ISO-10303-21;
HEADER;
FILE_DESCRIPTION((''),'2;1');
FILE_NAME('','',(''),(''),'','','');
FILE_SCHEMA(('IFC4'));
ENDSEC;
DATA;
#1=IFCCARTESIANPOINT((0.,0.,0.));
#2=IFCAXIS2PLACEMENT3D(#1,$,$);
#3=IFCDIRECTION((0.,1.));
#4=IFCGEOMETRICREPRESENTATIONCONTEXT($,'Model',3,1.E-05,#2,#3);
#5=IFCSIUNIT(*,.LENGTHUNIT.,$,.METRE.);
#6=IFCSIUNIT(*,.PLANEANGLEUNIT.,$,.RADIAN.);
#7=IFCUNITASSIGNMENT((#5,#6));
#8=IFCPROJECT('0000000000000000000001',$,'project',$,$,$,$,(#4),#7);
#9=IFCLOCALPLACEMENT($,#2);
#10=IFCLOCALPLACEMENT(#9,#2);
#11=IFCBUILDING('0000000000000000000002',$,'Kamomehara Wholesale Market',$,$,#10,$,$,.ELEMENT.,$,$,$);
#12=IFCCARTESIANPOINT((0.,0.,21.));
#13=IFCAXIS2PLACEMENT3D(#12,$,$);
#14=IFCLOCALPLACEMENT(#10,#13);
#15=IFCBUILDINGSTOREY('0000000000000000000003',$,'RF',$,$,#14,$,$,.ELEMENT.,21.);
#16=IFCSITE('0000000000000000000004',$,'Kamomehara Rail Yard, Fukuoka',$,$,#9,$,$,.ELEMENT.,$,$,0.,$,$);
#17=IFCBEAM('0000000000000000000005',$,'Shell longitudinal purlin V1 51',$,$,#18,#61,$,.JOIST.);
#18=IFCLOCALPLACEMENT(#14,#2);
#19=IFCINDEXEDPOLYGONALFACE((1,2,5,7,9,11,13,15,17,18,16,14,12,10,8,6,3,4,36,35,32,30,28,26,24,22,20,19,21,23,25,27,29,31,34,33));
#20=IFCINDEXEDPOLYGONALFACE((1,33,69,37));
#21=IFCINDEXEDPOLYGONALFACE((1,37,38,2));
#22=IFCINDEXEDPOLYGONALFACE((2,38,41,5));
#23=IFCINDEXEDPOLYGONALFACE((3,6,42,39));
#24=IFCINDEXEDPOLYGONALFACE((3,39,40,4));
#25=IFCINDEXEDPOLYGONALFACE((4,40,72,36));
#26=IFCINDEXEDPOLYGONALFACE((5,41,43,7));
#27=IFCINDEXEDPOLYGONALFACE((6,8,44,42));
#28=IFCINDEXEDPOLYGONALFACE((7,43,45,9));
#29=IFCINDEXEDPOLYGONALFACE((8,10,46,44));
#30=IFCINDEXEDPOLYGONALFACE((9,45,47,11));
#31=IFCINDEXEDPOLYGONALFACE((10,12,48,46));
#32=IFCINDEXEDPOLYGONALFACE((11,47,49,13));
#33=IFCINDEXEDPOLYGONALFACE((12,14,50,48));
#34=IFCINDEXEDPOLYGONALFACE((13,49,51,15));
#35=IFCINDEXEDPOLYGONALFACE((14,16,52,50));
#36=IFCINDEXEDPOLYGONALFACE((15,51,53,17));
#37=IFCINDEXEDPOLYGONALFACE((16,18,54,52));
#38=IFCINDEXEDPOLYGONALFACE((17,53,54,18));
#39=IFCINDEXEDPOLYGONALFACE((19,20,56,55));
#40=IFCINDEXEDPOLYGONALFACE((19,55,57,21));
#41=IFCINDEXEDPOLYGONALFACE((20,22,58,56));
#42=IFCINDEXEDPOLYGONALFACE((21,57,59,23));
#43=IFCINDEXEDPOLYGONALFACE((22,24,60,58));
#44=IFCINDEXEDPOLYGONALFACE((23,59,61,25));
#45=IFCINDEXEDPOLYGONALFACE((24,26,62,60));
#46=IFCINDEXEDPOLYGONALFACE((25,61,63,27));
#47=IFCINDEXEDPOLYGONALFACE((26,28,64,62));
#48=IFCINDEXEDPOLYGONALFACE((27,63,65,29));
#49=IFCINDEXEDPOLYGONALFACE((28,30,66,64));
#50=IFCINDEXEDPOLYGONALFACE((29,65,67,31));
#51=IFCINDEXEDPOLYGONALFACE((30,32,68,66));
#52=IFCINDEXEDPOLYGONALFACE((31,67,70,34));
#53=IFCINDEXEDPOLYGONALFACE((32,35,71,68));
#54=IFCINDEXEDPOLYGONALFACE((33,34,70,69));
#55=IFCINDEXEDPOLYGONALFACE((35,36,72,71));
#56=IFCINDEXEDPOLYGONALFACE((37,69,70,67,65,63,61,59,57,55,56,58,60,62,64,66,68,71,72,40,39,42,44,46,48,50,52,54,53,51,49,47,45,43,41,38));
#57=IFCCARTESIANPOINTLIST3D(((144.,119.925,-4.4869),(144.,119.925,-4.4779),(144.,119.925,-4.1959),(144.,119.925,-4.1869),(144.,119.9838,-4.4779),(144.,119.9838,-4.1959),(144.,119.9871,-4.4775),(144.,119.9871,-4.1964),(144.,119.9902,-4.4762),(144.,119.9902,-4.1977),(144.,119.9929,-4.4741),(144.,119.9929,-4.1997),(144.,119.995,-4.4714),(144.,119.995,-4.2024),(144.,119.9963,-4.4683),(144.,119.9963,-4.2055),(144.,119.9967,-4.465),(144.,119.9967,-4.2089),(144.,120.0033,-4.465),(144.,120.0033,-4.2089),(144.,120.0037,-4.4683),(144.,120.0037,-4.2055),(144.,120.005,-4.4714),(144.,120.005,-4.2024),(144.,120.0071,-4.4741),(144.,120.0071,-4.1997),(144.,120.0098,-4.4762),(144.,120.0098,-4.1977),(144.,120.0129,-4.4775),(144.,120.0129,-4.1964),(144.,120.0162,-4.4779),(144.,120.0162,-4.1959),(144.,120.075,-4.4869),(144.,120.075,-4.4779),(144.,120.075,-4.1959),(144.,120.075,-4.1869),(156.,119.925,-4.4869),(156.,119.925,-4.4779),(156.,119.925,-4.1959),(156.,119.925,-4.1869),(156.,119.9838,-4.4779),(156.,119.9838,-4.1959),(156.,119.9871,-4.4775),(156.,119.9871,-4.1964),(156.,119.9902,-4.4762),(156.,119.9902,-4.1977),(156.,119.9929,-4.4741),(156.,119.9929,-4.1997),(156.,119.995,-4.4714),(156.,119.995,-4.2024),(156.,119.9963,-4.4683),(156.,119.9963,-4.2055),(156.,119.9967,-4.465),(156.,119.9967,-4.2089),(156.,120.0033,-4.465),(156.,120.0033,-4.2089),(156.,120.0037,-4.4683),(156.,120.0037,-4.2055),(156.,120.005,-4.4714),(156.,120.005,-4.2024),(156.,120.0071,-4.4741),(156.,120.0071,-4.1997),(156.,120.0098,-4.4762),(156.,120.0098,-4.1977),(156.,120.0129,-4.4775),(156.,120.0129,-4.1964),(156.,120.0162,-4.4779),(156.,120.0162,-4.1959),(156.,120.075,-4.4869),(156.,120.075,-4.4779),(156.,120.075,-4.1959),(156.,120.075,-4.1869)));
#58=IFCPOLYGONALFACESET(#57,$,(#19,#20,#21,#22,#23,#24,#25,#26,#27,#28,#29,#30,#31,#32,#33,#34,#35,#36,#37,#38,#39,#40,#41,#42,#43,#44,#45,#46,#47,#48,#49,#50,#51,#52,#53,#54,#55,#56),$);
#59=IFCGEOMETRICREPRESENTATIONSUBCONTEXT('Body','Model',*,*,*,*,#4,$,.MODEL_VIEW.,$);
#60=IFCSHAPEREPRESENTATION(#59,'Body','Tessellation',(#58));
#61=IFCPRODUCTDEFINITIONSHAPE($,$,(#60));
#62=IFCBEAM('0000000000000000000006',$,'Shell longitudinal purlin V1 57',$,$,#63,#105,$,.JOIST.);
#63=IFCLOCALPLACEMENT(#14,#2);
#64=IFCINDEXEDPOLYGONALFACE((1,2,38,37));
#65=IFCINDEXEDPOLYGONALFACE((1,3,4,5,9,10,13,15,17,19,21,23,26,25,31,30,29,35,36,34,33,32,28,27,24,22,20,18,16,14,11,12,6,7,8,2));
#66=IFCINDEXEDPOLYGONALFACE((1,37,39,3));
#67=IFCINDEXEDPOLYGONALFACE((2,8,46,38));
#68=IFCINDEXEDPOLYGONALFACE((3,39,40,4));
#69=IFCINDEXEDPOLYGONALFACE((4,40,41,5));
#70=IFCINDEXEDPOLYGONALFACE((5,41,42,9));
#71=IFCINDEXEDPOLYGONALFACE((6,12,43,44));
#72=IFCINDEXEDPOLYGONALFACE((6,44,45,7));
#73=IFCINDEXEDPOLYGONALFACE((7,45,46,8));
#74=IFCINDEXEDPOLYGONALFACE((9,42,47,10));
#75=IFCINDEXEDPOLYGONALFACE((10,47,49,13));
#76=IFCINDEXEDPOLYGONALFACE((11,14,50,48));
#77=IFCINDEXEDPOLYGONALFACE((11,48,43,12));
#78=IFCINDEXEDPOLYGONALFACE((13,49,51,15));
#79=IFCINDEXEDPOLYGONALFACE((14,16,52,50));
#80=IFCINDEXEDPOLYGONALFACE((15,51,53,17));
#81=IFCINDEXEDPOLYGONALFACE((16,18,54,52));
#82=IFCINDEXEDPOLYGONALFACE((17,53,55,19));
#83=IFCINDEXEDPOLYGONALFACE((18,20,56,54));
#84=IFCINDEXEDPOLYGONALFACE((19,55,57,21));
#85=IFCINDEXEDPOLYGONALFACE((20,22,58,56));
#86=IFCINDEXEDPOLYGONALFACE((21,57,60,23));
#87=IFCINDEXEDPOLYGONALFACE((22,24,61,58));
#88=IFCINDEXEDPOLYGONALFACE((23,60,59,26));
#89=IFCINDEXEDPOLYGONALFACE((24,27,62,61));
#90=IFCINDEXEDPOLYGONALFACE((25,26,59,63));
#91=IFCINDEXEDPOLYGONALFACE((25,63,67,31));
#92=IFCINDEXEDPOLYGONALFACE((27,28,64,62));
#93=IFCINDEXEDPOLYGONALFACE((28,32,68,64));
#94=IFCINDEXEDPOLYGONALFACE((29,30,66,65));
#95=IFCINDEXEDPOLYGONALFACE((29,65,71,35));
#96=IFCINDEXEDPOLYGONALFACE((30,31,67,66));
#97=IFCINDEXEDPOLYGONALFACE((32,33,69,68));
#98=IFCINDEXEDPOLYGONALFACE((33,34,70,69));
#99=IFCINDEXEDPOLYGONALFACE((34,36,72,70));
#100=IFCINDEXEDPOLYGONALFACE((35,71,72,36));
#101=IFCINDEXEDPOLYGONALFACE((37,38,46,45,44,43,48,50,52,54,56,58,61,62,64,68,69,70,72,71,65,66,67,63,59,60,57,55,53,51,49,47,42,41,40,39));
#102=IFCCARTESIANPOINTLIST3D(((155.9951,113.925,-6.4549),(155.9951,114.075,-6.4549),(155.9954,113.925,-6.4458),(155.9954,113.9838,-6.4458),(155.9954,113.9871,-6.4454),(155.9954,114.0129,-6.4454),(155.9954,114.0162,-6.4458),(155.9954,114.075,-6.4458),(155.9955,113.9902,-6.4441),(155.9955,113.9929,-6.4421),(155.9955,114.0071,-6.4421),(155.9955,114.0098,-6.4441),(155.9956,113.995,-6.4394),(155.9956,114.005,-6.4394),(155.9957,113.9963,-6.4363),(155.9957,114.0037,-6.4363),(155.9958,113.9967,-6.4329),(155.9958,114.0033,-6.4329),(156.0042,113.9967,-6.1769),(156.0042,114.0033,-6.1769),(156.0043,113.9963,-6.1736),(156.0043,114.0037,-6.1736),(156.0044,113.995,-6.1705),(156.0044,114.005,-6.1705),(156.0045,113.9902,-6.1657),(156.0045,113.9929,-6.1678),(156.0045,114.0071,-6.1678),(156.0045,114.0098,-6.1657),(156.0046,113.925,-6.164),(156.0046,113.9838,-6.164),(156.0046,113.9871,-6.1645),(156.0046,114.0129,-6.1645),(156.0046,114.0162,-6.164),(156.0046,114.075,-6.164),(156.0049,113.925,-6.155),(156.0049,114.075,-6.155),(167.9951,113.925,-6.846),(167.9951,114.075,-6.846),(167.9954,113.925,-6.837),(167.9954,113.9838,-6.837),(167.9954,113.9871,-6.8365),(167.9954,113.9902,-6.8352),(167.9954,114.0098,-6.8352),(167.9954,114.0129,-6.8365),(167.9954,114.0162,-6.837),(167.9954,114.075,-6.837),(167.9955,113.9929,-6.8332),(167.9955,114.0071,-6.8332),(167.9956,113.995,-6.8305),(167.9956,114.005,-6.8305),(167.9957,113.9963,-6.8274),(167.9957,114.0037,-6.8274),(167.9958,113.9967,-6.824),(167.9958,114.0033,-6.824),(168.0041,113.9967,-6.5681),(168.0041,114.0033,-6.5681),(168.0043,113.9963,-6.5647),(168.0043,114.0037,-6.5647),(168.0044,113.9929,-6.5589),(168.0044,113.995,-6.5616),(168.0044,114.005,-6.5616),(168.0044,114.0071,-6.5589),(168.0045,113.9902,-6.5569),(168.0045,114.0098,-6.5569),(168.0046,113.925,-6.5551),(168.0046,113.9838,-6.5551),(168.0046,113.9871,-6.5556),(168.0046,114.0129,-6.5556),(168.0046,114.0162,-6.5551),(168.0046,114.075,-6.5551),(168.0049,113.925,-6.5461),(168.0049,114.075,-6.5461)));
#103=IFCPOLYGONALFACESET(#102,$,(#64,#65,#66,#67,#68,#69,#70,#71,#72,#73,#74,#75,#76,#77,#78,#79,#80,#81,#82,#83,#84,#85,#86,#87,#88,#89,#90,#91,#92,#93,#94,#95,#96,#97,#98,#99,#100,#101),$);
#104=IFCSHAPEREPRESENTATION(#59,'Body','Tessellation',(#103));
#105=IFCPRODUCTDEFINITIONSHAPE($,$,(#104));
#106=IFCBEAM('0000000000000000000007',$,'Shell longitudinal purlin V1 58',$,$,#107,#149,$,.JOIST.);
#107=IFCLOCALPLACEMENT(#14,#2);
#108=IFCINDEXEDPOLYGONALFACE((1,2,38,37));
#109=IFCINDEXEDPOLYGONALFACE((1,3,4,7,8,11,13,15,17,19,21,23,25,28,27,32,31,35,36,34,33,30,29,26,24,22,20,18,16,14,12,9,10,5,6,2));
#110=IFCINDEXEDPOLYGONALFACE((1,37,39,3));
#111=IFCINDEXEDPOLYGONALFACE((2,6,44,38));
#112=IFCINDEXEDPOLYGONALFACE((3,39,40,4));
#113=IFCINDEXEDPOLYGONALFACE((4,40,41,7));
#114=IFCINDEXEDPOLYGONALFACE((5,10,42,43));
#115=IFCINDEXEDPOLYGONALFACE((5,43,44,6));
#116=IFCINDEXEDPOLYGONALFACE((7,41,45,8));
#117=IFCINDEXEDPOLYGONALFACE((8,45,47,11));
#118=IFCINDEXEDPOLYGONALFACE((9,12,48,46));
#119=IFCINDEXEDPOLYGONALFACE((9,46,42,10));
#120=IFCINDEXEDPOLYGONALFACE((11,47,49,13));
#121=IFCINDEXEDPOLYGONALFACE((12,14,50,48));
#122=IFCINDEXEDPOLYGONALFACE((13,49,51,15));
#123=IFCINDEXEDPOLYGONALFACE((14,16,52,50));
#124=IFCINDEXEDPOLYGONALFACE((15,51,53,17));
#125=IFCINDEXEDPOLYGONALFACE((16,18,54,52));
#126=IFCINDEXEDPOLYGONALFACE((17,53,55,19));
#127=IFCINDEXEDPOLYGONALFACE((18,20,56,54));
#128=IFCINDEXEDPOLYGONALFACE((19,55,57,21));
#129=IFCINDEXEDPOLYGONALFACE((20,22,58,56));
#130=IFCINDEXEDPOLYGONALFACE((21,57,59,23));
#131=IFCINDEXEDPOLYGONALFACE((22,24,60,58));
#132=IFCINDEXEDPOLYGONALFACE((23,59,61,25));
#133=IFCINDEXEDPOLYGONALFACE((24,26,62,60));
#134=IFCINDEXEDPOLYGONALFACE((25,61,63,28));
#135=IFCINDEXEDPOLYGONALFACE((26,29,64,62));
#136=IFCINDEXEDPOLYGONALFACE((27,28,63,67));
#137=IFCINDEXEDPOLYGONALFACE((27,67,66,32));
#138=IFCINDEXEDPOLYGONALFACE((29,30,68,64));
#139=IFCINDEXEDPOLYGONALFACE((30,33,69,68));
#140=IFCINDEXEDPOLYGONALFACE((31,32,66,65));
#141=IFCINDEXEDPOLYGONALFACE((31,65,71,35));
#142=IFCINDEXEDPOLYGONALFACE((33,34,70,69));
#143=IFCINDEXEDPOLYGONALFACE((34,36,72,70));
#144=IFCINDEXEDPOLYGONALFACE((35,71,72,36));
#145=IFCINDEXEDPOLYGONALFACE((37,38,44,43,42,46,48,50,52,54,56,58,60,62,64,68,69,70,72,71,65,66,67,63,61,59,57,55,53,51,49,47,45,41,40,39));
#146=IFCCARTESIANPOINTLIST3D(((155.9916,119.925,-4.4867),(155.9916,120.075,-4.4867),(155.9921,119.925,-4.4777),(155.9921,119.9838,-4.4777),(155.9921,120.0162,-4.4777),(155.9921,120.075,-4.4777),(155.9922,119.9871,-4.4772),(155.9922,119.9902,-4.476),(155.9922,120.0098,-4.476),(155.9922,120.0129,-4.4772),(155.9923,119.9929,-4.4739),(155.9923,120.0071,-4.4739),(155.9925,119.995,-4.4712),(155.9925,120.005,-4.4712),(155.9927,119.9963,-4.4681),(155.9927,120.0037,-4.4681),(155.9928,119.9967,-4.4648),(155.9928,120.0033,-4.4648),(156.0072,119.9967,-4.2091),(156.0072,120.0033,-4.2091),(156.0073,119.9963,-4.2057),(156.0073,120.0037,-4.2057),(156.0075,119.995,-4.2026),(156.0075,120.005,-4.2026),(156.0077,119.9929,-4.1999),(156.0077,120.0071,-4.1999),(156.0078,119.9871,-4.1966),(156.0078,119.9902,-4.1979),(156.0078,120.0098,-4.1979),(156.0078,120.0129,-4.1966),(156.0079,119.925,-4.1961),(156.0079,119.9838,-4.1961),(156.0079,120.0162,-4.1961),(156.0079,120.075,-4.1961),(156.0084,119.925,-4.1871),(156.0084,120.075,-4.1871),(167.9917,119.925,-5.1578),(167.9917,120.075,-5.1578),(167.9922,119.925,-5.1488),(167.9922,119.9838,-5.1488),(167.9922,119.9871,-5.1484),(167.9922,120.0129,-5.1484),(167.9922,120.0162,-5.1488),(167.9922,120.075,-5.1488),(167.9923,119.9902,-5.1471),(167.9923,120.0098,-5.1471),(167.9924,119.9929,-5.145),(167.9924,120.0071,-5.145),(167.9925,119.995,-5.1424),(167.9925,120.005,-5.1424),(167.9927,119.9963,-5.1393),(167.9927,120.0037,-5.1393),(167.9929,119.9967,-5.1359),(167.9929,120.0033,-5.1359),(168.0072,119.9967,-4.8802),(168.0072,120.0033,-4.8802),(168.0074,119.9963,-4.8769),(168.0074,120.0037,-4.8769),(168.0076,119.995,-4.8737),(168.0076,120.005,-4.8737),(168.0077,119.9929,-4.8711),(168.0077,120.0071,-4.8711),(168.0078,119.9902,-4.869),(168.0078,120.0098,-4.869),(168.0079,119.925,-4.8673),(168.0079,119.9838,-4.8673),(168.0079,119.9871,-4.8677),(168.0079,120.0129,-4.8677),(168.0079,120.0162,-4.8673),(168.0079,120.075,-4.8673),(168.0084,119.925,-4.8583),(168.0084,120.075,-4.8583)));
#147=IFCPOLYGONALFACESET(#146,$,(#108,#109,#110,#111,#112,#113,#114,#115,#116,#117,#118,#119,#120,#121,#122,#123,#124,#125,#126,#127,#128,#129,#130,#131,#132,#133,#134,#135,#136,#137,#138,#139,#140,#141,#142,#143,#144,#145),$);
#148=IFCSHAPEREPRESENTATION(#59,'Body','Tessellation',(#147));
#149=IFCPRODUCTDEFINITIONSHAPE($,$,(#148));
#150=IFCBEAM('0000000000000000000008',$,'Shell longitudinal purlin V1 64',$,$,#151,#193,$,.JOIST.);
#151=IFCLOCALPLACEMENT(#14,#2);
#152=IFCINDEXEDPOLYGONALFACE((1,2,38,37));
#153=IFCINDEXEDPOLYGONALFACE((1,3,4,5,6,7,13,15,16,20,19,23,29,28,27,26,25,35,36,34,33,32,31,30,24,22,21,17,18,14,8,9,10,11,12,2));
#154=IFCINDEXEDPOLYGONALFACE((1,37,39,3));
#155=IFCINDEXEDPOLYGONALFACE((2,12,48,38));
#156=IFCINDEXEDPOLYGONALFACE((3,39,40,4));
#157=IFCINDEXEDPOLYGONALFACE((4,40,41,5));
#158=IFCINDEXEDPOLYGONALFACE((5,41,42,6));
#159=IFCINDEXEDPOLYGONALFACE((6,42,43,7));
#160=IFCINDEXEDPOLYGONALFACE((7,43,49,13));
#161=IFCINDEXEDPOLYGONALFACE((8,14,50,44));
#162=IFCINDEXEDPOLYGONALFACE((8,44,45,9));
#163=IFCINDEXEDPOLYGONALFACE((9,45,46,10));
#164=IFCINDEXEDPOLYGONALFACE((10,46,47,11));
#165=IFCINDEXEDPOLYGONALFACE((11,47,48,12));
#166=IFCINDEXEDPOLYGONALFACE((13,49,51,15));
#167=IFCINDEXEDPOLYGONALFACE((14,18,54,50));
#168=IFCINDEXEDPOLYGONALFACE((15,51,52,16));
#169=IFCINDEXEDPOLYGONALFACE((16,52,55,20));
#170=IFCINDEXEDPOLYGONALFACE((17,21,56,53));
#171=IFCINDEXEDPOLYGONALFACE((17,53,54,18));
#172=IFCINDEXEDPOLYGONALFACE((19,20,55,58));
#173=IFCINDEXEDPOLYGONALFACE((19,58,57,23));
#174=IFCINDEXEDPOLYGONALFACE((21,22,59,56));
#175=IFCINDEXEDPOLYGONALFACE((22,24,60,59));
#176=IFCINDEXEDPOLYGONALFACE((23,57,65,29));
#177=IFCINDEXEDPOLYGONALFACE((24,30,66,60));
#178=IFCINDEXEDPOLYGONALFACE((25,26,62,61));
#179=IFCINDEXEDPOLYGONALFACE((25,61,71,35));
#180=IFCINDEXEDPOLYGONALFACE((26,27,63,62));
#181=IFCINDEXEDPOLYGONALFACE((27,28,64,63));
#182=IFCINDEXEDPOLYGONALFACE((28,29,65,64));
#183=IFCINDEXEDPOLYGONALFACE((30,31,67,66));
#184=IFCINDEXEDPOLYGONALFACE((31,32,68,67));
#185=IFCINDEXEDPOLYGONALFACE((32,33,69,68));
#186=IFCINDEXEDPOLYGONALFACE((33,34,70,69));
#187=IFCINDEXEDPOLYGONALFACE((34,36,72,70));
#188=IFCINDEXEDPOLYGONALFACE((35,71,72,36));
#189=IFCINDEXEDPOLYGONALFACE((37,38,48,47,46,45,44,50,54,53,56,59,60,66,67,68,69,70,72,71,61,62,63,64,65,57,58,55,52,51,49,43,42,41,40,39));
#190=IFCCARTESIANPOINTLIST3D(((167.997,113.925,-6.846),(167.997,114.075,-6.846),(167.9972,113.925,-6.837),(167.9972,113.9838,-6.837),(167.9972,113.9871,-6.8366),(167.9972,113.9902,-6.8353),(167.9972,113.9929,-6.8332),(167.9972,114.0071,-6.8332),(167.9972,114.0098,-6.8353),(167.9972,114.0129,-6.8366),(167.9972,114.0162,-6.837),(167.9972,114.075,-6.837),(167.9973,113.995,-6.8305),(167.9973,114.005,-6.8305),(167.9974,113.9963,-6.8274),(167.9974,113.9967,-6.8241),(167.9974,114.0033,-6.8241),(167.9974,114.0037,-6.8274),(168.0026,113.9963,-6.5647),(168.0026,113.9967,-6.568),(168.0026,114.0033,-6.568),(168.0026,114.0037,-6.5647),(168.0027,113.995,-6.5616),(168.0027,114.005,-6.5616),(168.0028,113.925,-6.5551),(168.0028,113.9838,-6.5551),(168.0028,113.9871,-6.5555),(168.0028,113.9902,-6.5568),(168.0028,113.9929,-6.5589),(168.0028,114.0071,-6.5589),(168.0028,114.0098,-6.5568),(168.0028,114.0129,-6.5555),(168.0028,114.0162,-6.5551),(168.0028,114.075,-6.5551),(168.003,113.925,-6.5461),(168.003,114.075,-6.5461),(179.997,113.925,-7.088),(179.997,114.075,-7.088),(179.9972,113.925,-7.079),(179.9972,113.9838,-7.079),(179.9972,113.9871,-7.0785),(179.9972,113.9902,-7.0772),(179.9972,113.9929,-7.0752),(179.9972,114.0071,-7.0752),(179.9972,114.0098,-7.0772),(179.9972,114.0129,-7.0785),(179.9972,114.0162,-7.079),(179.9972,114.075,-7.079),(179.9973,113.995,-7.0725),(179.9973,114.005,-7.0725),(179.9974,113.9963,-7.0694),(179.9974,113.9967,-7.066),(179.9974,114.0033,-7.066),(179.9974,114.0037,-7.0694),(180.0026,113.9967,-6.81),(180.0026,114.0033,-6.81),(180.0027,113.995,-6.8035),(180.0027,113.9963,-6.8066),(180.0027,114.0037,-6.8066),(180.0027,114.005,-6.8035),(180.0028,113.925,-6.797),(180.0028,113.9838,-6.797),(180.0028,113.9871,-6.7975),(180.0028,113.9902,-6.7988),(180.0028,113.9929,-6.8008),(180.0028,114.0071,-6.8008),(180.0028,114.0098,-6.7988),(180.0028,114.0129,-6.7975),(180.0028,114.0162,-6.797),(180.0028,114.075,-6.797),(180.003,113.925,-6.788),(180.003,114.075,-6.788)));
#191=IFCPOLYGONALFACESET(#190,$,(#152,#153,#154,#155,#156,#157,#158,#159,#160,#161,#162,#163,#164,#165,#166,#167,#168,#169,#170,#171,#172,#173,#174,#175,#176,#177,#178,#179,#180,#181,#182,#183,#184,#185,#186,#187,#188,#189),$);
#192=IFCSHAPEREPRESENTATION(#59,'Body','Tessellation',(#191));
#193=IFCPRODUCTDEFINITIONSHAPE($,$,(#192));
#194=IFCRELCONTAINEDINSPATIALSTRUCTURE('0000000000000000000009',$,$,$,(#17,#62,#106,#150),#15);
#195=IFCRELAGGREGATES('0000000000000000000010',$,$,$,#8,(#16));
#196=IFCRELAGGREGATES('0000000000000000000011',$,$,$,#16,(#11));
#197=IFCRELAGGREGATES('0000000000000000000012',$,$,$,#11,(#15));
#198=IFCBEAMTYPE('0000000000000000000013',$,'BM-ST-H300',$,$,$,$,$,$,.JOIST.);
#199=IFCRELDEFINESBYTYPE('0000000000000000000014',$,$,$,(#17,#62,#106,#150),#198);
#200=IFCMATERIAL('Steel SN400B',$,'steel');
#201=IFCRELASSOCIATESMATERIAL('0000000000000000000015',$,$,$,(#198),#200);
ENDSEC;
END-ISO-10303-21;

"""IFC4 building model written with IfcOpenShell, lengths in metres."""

from ifc_helpers import new_model, si_unit, direction, frame, origin, origin_2d, place, context, subcontext, project, spatial, i_section, extrude, material, material_profile, profile_set, type_object, element, save


model = new_model("IFC4")

# Units and contexts
model_context = context("Model", 3, precision=1e-05, world=origin(), true_north=direction((0.0, 1.0)))
body_context = subcontext(model_context, "Body", "Model", "MODEL_VIEW")
ifc_project = project(units=[si_unit("LENGTHUNIT", "METRE"), si_unit("PLANEANGLEUNIT", "RADIAN")], contexts=[model_context])

# Site, building, storey
site_placement = place(None, origin())
site = spatial("IfcSite", under=ifc_project, at=site_placement, Name="Kamomehara Rail Yard, Fukuoka", CompositionType="ELEMENT", RefElevation=0.0)
building_placement = place(site_placement, origin())
building = spatial("IfcBuilding", under=site, at=building_placement, Name="Kamomehara Wholesale Market", CompositionType="ELEMENT")
storey_placement = place(building_placement, frame((0.0, 0.0, 21.0)))
storey = spatial("IfcBuildingStorey", under=building, at=storey_placement, Name="RF", CompositionType="ELEMENT", Elevation=21.0)

# Beams
ifc_material_1 = material(Name="Steel SN400B", Category="steel")
ifc_material_profile_1 = material_profile(ifc_material_1, i_section(OverallWidth=0.1499, OverallDepth=0.3, WebThickness=0.0066, FlangeThickness=0.009, FilletRadius=0.0129, at=origin_2d()), Name="H-300x150x6.5x9")
ifc_profile_set_1 = profile_set([ifc_material_profile_1], Name="Steel SN400B")
beam_type_1 = type_object("IfcBeamType", Name="BM-ST-H300", PredefinedType="JOIST", material=ifc_profile_set_1)
beam_1_placement = place(storey_placement, frame((144.0, 120.0, -4.3369), z_axis=(1.0, 0.0, 0.0), x_axis=(0.0, 1.0, 0.0)))
element("IfcBeam", 1, at=beam_1_placement, inside=storey, type_object=beam_type_1, Name="Shell longitudinal purlin V1 51", PredefinedType="JOIST", context=body_context, shape_type="SweptSolid", body=[
    extrude(i_section(OverallWidth=0.1499, OverallDepth=0.3, WebThickness=0.0066, FlangeThickness=0.009, FilletRadius=0.0129, at=origin_2d()), origin(), (0.0, 0.0, 1.0), 12.0),
])
beam_2_placement = place(storey_placement, frame((156.0, 114.0, -6.3049), z_axis=(0.999469, 0.0, -0.032575), x_axis=(0.0, 1.0, 0.0)))
element("IfcBeam", 2, at=beam_2_placement, inside=storey, type_object=beam_type_1, Name="Shell longitudinal purlin V1 57", PredefinedType="JOIST", context=body_context, shape_type="SweptSolid", body=[
    extrude(i_section(OverallWidth=0.1499, OverallDepth=0.3, WebThickness=0.0066, FlangeThickness=0.009, FilletRadius=0.0129, at=origin_2d()), origin(), (0.0, 0.0, 1.0), 12.0063),
])
beam_3_placement = place(storey_placement, frame((156.0, 120.0, -4.3369), z_axis=(0.99844, 0.0, -0.055841), x_axis=(0.0, 1.0, 0.0)))
element("IfcBeam", 3, at=beam_3_placement, inside=storey, type_object=beam_type_1, Name="Shell longitudinal purlin V1 58", PredefinedType="JOIST", context=body_context, shape_type="SweptSolid", body=[
    extrude(i_section(OverallWidth=0.1499, OverallDepth=0.3, WebThickness=0.0066, FlangeThickness=0.009, FilletRadius=0.0129, at=origin_2d()), origin(), (0.0, 0.0, 1.0), 12.0188),
])
beam_4_placement = place(storey_placement, frame((168.0, 114.0, -6.696), z_axis=(0.999797, 0.0, -0.020158), x_axis=(0.0, 1.0, 0.0)))
element("IfcBeam", 4, at=beam_4_placement, inside=storey, type_object=beam_type_1, Name="Shell longitudinal purlin V1 64", PredefinedType="JOIST", context=body_context, shape_type="SweptSolid", body=[
    extrude(i_section(OverallWidth=0.1499, OverallDepth=0.3, WebThickness=0.0066, FlangeThickness=0.009, FilletRadius=0.0129, at=origin_2d()), origin(), (0.0, 0.0, 1.0), 12.0024),
])

save(model, "model.ifc")
